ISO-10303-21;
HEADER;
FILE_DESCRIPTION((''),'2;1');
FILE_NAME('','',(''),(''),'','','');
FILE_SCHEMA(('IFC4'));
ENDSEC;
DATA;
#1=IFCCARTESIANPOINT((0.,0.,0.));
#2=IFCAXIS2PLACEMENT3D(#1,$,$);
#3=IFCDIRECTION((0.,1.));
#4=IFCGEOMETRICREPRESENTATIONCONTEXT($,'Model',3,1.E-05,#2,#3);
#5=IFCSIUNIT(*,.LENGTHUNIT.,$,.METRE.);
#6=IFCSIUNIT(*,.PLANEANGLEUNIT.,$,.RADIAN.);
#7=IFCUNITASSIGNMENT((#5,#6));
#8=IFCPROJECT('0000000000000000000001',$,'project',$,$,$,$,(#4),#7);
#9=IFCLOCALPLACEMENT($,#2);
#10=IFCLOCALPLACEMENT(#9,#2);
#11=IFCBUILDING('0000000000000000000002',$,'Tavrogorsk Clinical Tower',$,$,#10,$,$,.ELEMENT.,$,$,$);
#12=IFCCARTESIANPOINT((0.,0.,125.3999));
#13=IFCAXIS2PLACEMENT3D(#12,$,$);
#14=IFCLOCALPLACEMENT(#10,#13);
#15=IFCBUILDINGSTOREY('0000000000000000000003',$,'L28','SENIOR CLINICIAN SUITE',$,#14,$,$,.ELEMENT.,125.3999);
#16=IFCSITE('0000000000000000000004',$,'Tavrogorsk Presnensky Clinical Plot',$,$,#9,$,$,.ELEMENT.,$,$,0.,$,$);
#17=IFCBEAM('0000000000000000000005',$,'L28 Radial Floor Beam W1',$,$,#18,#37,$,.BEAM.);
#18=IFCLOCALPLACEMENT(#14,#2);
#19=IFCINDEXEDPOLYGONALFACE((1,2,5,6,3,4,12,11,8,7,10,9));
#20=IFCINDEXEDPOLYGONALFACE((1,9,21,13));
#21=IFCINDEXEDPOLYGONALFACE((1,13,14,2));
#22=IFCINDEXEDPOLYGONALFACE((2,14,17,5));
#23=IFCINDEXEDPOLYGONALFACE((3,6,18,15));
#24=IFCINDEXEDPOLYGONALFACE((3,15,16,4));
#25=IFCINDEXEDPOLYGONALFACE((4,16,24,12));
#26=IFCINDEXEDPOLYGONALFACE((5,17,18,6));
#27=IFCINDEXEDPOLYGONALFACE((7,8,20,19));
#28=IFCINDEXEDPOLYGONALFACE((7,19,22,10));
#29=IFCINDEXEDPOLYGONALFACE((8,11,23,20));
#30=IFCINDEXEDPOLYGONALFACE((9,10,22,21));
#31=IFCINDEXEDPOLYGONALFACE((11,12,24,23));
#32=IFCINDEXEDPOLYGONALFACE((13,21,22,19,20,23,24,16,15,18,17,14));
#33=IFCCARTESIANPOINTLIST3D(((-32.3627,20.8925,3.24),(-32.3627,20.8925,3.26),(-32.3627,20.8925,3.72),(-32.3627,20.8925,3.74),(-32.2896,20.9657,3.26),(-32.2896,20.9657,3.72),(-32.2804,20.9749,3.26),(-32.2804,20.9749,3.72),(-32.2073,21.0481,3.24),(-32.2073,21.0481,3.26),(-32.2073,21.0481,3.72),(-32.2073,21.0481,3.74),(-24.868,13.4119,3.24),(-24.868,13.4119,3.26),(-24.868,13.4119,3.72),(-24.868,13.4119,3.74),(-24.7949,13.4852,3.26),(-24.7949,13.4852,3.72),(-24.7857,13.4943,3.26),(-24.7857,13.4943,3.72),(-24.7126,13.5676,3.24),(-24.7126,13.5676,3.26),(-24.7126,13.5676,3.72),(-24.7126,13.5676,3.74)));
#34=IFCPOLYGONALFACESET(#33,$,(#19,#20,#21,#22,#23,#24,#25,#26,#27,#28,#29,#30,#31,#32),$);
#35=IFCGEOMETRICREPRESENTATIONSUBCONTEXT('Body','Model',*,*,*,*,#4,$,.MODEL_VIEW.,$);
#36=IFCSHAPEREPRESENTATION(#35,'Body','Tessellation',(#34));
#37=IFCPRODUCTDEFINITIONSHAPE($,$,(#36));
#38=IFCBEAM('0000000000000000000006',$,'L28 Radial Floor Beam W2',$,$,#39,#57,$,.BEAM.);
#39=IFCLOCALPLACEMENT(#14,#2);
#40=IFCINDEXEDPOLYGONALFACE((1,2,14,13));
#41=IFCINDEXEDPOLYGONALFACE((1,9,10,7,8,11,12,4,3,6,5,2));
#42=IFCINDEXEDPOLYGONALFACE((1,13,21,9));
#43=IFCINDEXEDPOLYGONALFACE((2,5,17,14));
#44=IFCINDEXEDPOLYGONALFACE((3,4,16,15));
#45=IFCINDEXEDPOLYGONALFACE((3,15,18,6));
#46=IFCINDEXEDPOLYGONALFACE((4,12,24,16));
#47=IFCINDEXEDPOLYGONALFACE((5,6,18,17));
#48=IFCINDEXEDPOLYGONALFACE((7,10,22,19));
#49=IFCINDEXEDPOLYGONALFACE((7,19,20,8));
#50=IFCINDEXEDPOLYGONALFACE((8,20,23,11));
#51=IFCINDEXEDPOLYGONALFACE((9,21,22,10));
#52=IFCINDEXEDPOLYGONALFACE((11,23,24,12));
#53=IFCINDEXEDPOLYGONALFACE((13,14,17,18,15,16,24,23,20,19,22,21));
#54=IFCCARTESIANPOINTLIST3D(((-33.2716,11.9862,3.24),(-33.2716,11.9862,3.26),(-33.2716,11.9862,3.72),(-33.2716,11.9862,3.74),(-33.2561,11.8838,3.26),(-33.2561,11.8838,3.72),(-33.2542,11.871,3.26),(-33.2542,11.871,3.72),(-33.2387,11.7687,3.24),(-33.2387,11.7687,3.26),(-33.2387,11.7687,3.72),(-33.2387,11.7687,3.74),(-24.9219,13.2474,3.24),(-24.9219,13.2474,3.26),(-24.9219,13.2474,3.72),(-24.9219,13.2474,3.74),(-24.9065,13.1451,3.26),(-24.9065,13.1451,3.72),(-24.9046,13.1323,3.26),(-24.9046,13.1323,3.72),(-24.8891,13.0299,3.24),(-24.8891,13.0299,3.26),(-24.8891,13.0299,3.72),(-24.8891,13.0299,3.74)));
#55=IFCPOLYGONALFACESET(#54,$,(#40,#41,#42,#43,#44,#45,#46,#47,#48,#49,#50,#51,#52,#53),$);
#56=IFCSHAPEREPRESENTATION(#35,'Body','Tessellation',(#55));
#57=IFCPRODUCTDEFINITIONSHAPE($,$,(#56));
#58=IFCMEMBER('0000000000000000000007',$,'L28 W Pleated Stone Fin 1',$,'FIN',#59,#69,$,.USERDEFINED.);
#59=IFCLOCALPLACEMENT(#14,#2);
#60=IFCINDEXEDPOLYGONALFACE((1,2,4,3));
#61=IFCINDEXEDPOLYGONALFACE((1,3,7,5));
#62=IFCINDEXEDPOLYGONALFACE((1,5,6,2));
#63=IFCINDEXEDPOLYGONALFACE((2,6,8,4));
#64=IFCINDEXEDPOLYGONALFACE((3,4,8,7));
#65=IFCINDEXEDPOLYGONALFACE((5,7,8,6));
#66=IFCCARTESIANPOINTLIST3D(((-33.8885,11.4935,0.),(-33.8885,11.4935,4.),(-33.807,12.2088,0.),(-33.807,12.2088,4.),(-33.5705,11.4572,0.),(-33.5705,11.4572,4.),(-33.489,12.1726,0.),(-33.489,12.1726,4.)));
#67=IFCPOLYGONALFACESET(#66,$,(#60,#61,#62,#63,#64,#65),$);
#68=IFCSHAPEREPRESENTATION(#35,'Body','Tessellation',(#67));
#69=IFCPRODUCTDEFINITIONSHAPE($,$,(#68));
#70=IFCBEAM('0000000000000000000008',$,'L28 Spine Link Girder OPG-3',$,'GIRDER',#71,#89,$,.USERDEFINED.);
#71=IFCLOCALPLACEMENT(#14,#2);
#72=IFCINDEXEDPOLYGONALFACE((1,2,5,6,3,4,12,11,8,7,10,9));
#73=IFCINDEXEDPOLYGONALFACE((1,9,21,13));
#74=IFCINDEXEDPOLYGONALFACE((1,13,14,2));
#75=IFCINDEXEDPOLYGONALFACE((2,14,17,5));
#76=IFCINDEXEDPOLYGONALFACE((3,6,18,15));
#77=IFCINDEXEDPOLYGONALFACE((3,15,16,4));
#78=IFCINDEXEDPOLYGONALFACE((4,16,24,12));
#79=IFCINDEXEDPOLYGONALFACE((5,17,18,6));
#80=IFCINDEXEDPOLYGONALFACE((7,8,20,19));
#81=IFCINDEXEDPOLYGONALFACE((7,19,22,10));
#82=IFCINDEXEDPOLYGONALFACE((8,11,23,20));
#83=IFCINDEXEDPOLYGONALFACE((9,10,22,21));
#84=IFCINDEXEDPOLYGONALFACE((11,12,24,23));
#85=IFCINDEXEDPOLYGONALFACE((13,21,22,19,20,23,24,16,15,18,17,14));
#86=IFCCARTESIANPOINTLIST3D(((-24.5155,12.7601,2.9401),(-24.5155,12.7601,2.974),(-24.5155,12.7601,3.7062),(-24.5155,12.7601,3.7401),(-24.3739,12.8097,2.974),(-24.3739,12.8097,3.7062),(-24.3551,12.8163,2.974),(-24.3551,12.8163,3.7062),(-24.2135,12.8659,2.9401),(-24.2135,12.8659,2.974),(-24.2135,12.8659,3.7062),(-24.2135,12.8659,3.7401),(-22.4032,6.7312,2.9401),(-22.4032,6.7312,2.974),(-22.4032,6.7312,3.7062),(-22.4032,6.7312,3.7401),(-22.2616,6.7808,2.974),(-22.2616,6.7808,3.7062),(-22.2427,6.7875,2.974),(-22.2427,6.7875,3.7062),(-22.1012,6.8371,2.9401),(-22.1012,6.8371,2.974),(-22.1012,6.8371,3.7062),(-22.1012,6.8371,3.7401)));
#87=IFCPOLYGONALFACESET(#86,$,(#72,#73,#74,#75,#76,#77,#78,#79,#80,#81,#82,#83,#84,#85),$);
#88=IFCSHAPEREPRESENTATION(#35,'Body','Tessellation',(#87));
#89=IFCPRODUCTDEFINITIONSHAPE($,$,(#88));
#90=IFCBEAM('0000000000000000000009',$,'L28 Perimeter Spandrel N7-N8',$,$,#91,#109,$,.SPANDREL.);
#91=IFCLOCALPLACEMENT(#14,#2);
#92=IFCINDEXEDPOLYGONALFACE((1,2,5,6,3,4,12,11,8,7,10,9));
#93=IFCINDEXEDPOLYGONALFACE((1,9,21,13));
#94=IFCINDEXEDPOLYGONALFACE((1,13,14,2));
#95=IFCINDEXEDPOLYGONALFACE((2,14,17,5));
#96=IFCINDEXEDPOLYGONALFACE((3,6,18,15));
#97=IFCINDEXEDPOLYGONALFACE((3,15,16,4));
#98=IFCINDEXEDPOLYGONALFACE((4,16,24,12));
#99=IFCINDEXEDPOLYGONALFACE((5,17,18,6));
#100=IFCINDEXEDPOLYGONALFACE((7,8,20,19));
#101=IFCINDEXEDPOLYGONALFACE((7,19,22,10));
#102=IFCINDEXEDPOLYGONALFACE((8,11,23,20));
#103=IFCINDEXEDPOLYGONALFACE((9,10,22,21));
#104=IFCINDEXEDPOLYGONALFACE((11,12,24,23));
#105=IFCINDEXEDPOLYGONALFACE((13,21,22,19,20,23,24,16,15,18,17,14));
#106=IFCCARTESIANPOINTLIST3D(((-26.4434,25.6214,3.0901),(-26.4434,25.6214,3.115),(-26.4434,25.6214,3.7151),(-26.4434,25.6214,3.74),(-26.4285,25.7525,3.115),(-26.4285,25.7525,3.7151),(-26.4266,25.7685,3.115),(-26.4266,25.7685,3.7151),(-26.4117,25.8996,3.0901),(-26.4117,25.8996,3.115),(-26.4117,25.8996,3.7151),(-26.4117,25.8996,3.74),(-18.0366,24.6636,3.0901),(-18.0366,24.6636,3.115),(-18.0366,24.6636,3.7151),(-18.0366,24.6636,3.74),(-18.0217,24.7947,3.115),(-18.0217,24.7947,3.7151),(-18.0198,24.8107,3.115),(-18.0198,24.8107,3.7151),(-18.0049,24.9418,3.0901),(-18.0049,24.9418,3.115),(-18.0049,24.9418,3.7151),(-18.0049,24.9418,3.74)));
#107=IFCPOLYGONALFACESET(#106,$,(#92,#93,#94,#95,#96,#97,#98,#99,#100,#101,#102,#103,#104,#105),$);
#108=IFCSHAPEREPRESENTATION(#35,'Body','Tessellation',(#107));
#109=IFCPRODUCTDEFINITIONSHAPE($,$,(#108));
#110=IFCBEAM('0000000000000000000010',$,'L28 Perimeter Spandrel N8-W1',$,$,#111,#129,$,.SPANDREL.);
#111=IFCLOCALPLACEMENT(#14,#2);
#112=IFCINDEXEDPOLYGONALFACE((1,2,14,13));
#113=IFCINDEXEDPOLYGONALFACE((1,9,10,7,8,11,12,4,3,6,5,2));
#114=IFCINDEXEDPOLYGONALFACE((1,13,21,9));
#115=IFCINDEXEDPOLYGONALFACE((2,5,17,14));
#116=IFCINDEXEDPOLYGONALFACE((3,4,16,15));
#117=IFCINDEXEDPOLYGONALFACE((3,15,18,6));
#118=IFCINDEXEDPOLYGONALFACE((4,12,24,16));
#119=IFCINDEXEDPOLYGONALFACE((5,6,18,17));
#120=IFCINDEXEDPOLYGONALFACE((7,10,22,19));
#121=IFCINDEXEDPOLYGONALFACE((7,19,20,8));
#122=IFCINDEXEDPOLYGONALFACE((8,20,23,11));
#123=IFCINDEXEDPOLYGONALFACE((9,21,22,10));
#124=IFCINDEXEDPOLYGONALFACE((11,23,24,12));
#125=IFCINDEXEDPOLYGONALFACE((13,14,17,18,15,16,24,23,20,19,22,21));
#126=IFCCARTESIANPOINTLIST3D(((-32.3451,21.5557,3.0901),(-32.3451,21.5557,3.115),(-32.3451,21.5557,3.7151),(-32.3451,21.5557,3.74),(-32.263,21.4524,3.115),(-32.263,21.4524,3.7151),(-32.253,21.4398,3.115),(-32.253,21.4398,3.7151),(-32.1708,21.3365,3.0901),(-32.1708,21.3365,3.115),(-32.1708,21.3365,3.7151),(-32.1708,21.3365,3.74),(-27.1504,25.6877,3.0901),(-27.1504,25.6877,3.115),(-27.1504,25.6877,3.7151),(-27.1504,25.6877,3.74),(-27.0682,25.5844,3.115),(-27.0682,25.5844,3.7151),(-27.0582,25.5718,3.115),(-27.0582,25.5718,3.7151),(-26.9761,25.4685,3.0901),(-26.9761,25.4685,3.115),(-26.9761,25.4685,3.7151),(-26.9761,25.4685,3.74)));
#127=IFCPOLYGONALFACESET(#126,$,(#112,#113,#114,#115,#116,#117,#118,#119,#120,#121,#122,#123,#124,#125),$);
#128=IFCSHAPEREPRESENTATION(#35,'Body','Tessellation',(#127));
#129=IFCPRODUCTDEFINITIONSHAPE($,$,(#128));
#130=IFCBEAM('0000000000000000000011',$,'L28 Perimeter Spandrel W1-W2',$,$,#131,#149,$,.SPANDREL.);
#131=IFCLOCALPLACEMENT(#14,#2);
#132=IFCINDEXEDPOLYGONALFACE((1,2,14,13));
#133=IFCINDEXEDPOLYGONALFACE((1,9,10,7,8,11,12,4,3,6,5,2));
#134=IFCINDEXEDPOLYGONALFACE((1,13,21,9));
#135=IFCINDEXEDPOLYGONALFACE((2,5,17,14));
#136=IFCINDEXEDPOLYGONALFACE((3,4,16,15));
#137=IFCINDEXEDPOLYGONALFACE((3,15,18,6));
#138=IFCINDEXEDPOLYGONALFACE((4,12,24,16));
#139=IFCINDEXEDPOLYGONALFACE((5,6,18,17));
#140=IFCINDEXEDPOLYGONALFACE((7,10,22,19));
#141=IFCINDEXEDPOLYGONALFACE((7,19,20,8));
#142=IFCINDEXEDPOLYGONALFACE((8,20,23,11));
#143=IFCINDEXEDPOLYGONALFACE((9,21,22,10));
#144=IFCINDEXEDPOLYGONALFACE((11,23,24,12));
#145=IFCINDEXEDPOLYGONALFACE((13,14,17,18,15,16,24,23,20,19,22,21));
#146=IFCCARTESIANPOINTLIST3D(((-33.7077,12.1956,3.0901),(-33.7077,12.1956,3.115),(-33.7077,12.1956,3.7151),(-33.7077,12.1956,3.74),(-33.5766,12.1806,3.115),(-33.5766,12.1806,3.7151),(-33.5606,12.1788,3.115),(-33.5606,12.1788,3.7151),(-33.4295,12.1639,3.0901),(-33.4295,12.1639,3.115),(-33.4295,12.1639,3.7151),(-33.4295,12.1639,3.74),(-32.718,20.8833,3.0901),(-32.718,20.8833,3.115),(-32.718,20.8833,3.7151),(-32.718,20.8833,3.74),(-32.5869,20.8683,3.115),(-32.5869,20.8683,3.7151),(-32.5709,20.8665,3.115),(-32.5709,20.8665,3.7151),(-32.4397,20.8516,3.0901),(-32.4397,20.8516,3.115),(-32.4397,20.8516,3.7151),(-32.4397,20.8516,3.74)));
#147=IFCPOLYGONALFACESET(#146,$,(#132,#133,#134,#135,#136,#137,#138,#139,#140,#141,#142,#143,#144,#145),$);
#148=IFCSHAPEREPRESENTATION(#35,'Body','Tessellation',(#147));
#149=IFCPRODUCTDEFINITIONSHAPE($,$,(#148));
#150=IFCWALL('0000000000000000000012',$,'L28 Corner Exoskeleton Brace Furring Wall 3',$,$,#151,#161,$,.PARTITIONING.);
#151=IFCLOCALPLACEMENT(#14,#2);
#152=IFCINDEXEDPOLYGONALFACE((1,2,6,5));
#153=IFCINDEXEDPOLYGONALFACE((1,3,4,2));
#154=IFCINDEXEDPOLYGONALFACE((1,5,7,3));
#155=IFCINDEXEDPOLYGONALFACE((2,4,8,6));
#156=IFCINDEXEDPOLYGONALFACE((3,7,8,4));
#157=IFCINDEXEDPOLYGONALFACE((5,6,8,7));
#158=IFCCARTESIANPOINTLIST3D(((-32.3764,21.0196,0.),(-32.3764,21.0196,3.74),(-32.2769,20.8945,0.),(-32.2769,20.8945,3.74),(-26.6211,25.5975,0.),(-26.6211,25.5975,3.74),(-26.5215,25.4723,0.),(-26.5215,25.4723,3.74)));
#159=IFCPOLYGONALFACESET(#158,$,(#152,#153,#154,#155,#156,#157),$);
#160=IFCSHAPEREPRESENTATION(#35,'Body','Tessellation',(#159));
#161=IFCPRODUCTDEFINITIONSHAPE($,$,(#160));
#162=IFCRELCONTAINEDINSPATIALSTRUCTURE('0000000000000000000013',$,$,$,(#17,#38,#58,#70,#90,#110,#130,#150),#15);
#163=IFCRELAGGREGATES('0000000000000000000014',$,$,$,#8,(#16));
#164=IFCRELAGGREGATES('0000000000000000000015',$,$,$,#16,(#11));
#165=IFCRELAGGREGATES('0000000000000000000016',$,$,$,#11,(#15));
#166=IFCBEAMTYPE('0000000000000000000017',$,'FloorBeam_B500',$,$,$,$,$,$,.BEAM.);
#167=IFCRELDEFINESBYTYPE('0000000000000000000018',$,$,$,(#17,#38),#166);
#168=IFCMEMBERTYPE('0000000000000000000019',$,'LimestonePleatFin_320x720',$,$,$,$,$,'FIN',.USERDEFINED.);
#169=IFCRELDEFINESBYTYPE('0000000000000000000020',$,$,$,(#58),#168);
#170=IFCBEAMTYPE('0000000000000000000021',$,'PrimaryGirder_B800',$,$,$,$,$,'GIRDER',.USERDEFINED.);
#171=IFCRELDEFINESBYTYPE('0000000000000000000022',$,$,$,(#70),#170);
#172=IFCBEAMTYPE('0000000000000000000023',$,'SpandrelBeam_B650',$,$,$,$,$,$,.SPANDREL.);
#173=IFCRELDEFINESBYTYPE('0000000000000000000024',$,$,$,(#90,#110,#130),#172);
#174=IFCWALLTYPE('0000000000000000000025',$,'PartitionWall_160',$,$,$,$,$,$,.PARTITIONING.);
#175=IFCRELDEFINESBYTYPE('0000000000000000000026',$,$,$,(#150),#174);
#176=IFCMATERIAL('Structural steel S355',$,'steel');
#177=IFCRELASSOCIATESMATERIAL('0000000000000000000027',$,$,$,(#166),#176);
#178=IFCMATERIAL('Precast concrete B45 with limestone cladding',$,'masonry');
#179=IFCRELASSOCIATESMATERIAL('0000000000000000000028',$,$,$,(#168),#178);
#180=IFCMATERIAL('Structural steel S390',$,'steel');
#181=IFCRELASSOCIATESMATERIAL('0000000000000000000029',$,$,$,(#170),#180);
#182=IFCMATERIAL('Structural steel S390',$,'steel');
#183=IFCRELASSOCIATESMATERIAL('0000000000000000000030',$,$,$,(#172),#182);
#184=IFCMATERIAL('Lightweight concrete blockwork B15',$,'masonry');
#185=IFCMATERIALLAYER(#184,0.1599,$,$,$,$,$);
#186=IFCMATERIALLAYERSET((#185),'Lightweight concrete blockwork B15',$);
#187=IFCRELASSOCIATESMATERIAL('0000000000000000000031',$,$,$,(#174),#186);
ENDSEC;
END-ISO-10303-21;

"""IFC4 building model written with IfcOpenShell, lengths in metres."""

from ifc_helpers import new_model, si_unit, direction, frame, frame_2d, origin, origin_2d, place, context, subcontext, project, spatial, rectangle, i_section, extrude, material, layer, layer_set, material_profile, profile_set, type_object, element, save


model = new_model("IFC4")

# Units and contexts
model_context = context("Model", 3, precision=1e-05, world=origin(), true_north=direction((0.0, 1.0)))
body_context = subcontext(model_context, "Body", "Model", "MODEL_VIEW")
ifc_project = project(units=[si_unit("LENGTHUNIT", "METRE"), si_unit("PLANEANGLEUNIT", "RADIAN")], contexts=[model_context])

# Site, building, storey
site_placement = place(None, origin())
site = spatial("IfcSite", under=ifc_project, at=site_placement, Name="Tavrogorsk Presnensky Clinical Plot", CompositionType="ELEMENT", RefElevation=0.0)
building_placement = place(site_placement, origin())
building = spatial("IfcBuilding", under=site, at=building_placement, Name="Tavrogorsk Clinical Tower", CompositionType="ELEMENT")
storey_placement = place(building_placement, frame((0.0, 0.0, 125.3999)))
storey = spatial("IfcBuildingStorey", under=building, at=storey_placement, Name="L28", Description="SENIOR CLINICIAN SUITE", CompositionType="ELEMENT", Elevation=125.3999)

# Beams
ifc_material_1 = material(Name="Structural steel S355", Category="steel")
ifc_material_profile_1 = material_profile(ifc_material_1, i_section(OverallWidth=0.22, OverallDepth=0.5, WebThickness=0.0129, FlangeThickness=0.02, at=origin_2d()), Name="B-500x220x13x20")
ifc_profile_set_1 = profile_set([ifc_material_profile_1], Name="Structural steel S355")
beam_type_1 = type_object("IfcBeamType", Name="FloorBeam_B500", PredefinedType="BEAM", material=ifc_profile_set_1)
beam_1_placement = place(storey_placement, frame((-24.7903, 13.4897, 3.49), z_axis=(-0.707775, 0.706438, 0.0), x_axis=(-0.706438, -0.707775, 0.0)))
element("IfcBeam", 1, at=beam_1_placement, inside=storey, type_object=beam_type_1, Name="L28 Radial Floor Beam W1", PredefinedType="BEAM", context=body_context, shape_type="SweptSolid", body=[
    extrude(i_section(OverallWidth=0.22, OverallDepth=0.5, WebThickness=0.0129, FlangeThickness=0.02, at=origin_2d()), origin(), (0.0, 0.0, 1.0), 10.5891),
])
beam_2_placement = place(storey_placement, frame((-24.9055, 13.1387, 3.49), z_axis=(-0.988783, -0.149358, 0.0), x_axis=(0.149358, -0.988783, 0.0)))
element("IfcBeam", 2, at=beam_2_placement, inside=storey, type_object=beam_type_1, Name="L28 Radial Floor Beam W2", PredefinedType="BEAM", context=body_context, shape_type="SweptSolid", body=[
    extrude(i_section(OverallWidth=0.22, OverallDepth=0.5, WebThickness=0.0129, FlangeThickness=0.02, at=origin_2d()), origin(), (0.0, 0.0, 1.0), 8.4443),
])

# Member
ifc_material_2 = material(Name="Precast concrete B45 with limestone cladding", Category="masonry")
ifc_material_profile_2 = material_profile(ifc_material_2, rectangle(XDim=0.3201, YDim=0.72, at=origin_2d()), Name="LIMESTONE-FIN-320x720")
ifc_profile_set_2 = profile_set([ifc_material_profile_2], Name="Precast concrete B45 with limestone cladding")
member_type_1 = type_object("IfcMemberType", Name="LimestonePleatFin_320x720", ElementType="FIN", PredefinedType="USERDEFINED", material=ifc_profile_set_2)
member_1_placement = place(storey_placement, frame((-33.6887, 11.833, 0.0), z_axis=(0.0, 0.0, 1.0), x_axis=(0.993572, -0.113203, 0.0)))
element("IfcMember", 3, at=member_1_placement, inside=storey, type_object=member_type_1, Name="L28 W Pleated Stone Fin 1", ObjectType="FIN", PredefinedType="USERDEFINED", context=body_context, shape_type="SweptSolid", body=[
    extrude(rectangle(XDim=0.3201, YDim=0.72, at=origin_2d()), origin(), (0.0, 0.0, 1.0), 4.0),
])

# Beams
ifc_material_3 = material(Name="Structural steel S390", Category="steel")
ifc_material_profile_3 = material_profile(ifc_material_3, i_section(OverallWidth=0.3201, OverallDepth=0.8, WebThickness=0.02, FlangeThickness=0.0339, at=origin_2d()), Name="B-800x320x20x34")
ifc_profile_set_3 = profile_set([ifc_material_profile_3], Name="Structural steel S390")
beam_type_2 = type_object("IfcBeamType", Name="PrimaryGirder_B800", ElementType="GIRDER", PredefinedType="USERDEFINED", material=ifc_profile_set_3)
beam_3_placement = place(storey_placement, frame((-24.3645, 12.813, 3.3401), z_axis=(0.33066, -0.94375, 0.0), x_axis=(0.94375, 0.33066, 0.0)))
element("IfcBeam", 4, at=beam_3_placement, inside=storey, type_object=beam_type_2, Name="L28 Spine Link Girder OPG-3", ObjectType="GIRDER", PredefinedType="USERDEFINED", context=body_context, shape_type="SweptSolid", body=[
    extrude(i_section(OverallWidth=0.3201, OverallDepth=0.8, WebThickness=0.02, FlangeThickness=0.0339, at=origin_2d()), origin(), (0.0, 0.0, 1.0), 6.3882),
])
ifc_material_4 = material(Name="Structural steel S390", Category="steel")
ifc_material_profile_4 = material_profile(ifc_material_4, i_section(OverallWidth=0.28, OverallDepth=0.6499, WebThickness=0.0161, FlangeThickness=0.0249, at=origin_2d()), Name="B-650x280x16x25")
ifc_profile_set_4 = profile_set([ifc_material_profile_4], Name="Structural steel S390")
beam_type_3 = type_object("IfcBeamType", Name="SpandrelBeam_B650", PredefinedType="SPANDREL", material=ifc_profile_set_4)
beam_4_placement = place(storey_placement, frame((-18.0208, 24.8027, 3.415), z_axis=(-0.993573, 0.113196, 0.0), x_axis=(-0.113196, -0.993573, 0.0)))
element("IfcBeam", 5, at=beam_4_placement, inside=storey, type_object=beam_type_3, Name="L28 Perimeter Spandrel N7-N8", PredefinedType="SPANDREL", context=body_context, shape_type="SweptSolid", body=[
    extrude(i_section(OverallWidth=0.28, OverallDepth=0.6499, WebThickness=0.0161, FlangeThickness=0.0249, at=origin_2d()), origin(), (0.0, 0.0, 1.0), 8.4612),
])
beam_5_placement = place(storey_placement, frame((-27.0632, 25.5781, 3.415), z_axis=(-0.782613, -0.622508, 0.0), x_axis=(0.622508, -0.782613, 0.0)))
element("IfcBeam", 6, at=beam_5_placement, inside=storey, type_object=beam_type_3, Name="L28 Perimeter Spandrel N8-W1", PredefinedType="SPANDREL", context=body_context, shape_type="SweptSolid", body=[
    extrude(i_section(OverallWidth=0.28, OverallDepth=0.6499, WebThickness=0.0161, FlangeThickness=0.0249, at=origin_2d()), origin(), (0.0, 0.0, 1.0), 6.6377),
])
beam_6_placement = place(storey_placement, frame((-32.5789, 20.8674, 3.415), z_axis=(-0.113192, -0.993573, 0.0), x_axis=(0.993573, -0.113192, 0.0)))
element("IfcBeam", 7, at=beam_6_placement, inside=storey, type_object=beam_type_3, Name="L28 Perimeter Spandrel W1-W2", PredefinedType="SPANDREL", context=body_context, shape_type="SweptSolid", body=[
    extrude(i_section(OverallWidth=0.28, OverallDepth=0.6499, WebThickness=0.0161, FlangeThickness=0.0249, at=origin_2d()), origin(), (0.0, 0.0, 1.0), 8.7439),
])

# Wall
ifc_material_5 = material(Name="Lightweight concrete blockwork B15", Category="masonry")
ifc_layer_1 = layer(ifc_material_5, 0.1599)
ifc_layer_set_1 = layer_set([ifc_layer_1], Name="Lightweight concrete blockwork B15")
wall_type_1 = type_object("IfcWallType", Name="PartitionWall_160", PredefinedType="PARTITIONING", material=ifc_layer_set_1)
wall_1_placement = place(storey_placement, frame((-26.5713, 25.5349, 0.0), z_axis=(0.0, 0.0, 1.0), x_axis=(-0.782618, -0.622502, 0.0)))
element("IfcWall", 8, at=wall_1_placement, inside=storey, type_object=wall_type_1, Name="L28 Corner Exoskeleton Brace Furring Wall 3", PredefinedType="PARTITIONING", context=body_context, shape_type="SweptSolid", body=[
    extrude(rectangle(XDim=7.354, YDim=0.1599, at=frame_2d((3.677, 0.0))), origin(), (0.0, 0.0, 1.0), 3.74),
])

save(model, "model.ifc")
